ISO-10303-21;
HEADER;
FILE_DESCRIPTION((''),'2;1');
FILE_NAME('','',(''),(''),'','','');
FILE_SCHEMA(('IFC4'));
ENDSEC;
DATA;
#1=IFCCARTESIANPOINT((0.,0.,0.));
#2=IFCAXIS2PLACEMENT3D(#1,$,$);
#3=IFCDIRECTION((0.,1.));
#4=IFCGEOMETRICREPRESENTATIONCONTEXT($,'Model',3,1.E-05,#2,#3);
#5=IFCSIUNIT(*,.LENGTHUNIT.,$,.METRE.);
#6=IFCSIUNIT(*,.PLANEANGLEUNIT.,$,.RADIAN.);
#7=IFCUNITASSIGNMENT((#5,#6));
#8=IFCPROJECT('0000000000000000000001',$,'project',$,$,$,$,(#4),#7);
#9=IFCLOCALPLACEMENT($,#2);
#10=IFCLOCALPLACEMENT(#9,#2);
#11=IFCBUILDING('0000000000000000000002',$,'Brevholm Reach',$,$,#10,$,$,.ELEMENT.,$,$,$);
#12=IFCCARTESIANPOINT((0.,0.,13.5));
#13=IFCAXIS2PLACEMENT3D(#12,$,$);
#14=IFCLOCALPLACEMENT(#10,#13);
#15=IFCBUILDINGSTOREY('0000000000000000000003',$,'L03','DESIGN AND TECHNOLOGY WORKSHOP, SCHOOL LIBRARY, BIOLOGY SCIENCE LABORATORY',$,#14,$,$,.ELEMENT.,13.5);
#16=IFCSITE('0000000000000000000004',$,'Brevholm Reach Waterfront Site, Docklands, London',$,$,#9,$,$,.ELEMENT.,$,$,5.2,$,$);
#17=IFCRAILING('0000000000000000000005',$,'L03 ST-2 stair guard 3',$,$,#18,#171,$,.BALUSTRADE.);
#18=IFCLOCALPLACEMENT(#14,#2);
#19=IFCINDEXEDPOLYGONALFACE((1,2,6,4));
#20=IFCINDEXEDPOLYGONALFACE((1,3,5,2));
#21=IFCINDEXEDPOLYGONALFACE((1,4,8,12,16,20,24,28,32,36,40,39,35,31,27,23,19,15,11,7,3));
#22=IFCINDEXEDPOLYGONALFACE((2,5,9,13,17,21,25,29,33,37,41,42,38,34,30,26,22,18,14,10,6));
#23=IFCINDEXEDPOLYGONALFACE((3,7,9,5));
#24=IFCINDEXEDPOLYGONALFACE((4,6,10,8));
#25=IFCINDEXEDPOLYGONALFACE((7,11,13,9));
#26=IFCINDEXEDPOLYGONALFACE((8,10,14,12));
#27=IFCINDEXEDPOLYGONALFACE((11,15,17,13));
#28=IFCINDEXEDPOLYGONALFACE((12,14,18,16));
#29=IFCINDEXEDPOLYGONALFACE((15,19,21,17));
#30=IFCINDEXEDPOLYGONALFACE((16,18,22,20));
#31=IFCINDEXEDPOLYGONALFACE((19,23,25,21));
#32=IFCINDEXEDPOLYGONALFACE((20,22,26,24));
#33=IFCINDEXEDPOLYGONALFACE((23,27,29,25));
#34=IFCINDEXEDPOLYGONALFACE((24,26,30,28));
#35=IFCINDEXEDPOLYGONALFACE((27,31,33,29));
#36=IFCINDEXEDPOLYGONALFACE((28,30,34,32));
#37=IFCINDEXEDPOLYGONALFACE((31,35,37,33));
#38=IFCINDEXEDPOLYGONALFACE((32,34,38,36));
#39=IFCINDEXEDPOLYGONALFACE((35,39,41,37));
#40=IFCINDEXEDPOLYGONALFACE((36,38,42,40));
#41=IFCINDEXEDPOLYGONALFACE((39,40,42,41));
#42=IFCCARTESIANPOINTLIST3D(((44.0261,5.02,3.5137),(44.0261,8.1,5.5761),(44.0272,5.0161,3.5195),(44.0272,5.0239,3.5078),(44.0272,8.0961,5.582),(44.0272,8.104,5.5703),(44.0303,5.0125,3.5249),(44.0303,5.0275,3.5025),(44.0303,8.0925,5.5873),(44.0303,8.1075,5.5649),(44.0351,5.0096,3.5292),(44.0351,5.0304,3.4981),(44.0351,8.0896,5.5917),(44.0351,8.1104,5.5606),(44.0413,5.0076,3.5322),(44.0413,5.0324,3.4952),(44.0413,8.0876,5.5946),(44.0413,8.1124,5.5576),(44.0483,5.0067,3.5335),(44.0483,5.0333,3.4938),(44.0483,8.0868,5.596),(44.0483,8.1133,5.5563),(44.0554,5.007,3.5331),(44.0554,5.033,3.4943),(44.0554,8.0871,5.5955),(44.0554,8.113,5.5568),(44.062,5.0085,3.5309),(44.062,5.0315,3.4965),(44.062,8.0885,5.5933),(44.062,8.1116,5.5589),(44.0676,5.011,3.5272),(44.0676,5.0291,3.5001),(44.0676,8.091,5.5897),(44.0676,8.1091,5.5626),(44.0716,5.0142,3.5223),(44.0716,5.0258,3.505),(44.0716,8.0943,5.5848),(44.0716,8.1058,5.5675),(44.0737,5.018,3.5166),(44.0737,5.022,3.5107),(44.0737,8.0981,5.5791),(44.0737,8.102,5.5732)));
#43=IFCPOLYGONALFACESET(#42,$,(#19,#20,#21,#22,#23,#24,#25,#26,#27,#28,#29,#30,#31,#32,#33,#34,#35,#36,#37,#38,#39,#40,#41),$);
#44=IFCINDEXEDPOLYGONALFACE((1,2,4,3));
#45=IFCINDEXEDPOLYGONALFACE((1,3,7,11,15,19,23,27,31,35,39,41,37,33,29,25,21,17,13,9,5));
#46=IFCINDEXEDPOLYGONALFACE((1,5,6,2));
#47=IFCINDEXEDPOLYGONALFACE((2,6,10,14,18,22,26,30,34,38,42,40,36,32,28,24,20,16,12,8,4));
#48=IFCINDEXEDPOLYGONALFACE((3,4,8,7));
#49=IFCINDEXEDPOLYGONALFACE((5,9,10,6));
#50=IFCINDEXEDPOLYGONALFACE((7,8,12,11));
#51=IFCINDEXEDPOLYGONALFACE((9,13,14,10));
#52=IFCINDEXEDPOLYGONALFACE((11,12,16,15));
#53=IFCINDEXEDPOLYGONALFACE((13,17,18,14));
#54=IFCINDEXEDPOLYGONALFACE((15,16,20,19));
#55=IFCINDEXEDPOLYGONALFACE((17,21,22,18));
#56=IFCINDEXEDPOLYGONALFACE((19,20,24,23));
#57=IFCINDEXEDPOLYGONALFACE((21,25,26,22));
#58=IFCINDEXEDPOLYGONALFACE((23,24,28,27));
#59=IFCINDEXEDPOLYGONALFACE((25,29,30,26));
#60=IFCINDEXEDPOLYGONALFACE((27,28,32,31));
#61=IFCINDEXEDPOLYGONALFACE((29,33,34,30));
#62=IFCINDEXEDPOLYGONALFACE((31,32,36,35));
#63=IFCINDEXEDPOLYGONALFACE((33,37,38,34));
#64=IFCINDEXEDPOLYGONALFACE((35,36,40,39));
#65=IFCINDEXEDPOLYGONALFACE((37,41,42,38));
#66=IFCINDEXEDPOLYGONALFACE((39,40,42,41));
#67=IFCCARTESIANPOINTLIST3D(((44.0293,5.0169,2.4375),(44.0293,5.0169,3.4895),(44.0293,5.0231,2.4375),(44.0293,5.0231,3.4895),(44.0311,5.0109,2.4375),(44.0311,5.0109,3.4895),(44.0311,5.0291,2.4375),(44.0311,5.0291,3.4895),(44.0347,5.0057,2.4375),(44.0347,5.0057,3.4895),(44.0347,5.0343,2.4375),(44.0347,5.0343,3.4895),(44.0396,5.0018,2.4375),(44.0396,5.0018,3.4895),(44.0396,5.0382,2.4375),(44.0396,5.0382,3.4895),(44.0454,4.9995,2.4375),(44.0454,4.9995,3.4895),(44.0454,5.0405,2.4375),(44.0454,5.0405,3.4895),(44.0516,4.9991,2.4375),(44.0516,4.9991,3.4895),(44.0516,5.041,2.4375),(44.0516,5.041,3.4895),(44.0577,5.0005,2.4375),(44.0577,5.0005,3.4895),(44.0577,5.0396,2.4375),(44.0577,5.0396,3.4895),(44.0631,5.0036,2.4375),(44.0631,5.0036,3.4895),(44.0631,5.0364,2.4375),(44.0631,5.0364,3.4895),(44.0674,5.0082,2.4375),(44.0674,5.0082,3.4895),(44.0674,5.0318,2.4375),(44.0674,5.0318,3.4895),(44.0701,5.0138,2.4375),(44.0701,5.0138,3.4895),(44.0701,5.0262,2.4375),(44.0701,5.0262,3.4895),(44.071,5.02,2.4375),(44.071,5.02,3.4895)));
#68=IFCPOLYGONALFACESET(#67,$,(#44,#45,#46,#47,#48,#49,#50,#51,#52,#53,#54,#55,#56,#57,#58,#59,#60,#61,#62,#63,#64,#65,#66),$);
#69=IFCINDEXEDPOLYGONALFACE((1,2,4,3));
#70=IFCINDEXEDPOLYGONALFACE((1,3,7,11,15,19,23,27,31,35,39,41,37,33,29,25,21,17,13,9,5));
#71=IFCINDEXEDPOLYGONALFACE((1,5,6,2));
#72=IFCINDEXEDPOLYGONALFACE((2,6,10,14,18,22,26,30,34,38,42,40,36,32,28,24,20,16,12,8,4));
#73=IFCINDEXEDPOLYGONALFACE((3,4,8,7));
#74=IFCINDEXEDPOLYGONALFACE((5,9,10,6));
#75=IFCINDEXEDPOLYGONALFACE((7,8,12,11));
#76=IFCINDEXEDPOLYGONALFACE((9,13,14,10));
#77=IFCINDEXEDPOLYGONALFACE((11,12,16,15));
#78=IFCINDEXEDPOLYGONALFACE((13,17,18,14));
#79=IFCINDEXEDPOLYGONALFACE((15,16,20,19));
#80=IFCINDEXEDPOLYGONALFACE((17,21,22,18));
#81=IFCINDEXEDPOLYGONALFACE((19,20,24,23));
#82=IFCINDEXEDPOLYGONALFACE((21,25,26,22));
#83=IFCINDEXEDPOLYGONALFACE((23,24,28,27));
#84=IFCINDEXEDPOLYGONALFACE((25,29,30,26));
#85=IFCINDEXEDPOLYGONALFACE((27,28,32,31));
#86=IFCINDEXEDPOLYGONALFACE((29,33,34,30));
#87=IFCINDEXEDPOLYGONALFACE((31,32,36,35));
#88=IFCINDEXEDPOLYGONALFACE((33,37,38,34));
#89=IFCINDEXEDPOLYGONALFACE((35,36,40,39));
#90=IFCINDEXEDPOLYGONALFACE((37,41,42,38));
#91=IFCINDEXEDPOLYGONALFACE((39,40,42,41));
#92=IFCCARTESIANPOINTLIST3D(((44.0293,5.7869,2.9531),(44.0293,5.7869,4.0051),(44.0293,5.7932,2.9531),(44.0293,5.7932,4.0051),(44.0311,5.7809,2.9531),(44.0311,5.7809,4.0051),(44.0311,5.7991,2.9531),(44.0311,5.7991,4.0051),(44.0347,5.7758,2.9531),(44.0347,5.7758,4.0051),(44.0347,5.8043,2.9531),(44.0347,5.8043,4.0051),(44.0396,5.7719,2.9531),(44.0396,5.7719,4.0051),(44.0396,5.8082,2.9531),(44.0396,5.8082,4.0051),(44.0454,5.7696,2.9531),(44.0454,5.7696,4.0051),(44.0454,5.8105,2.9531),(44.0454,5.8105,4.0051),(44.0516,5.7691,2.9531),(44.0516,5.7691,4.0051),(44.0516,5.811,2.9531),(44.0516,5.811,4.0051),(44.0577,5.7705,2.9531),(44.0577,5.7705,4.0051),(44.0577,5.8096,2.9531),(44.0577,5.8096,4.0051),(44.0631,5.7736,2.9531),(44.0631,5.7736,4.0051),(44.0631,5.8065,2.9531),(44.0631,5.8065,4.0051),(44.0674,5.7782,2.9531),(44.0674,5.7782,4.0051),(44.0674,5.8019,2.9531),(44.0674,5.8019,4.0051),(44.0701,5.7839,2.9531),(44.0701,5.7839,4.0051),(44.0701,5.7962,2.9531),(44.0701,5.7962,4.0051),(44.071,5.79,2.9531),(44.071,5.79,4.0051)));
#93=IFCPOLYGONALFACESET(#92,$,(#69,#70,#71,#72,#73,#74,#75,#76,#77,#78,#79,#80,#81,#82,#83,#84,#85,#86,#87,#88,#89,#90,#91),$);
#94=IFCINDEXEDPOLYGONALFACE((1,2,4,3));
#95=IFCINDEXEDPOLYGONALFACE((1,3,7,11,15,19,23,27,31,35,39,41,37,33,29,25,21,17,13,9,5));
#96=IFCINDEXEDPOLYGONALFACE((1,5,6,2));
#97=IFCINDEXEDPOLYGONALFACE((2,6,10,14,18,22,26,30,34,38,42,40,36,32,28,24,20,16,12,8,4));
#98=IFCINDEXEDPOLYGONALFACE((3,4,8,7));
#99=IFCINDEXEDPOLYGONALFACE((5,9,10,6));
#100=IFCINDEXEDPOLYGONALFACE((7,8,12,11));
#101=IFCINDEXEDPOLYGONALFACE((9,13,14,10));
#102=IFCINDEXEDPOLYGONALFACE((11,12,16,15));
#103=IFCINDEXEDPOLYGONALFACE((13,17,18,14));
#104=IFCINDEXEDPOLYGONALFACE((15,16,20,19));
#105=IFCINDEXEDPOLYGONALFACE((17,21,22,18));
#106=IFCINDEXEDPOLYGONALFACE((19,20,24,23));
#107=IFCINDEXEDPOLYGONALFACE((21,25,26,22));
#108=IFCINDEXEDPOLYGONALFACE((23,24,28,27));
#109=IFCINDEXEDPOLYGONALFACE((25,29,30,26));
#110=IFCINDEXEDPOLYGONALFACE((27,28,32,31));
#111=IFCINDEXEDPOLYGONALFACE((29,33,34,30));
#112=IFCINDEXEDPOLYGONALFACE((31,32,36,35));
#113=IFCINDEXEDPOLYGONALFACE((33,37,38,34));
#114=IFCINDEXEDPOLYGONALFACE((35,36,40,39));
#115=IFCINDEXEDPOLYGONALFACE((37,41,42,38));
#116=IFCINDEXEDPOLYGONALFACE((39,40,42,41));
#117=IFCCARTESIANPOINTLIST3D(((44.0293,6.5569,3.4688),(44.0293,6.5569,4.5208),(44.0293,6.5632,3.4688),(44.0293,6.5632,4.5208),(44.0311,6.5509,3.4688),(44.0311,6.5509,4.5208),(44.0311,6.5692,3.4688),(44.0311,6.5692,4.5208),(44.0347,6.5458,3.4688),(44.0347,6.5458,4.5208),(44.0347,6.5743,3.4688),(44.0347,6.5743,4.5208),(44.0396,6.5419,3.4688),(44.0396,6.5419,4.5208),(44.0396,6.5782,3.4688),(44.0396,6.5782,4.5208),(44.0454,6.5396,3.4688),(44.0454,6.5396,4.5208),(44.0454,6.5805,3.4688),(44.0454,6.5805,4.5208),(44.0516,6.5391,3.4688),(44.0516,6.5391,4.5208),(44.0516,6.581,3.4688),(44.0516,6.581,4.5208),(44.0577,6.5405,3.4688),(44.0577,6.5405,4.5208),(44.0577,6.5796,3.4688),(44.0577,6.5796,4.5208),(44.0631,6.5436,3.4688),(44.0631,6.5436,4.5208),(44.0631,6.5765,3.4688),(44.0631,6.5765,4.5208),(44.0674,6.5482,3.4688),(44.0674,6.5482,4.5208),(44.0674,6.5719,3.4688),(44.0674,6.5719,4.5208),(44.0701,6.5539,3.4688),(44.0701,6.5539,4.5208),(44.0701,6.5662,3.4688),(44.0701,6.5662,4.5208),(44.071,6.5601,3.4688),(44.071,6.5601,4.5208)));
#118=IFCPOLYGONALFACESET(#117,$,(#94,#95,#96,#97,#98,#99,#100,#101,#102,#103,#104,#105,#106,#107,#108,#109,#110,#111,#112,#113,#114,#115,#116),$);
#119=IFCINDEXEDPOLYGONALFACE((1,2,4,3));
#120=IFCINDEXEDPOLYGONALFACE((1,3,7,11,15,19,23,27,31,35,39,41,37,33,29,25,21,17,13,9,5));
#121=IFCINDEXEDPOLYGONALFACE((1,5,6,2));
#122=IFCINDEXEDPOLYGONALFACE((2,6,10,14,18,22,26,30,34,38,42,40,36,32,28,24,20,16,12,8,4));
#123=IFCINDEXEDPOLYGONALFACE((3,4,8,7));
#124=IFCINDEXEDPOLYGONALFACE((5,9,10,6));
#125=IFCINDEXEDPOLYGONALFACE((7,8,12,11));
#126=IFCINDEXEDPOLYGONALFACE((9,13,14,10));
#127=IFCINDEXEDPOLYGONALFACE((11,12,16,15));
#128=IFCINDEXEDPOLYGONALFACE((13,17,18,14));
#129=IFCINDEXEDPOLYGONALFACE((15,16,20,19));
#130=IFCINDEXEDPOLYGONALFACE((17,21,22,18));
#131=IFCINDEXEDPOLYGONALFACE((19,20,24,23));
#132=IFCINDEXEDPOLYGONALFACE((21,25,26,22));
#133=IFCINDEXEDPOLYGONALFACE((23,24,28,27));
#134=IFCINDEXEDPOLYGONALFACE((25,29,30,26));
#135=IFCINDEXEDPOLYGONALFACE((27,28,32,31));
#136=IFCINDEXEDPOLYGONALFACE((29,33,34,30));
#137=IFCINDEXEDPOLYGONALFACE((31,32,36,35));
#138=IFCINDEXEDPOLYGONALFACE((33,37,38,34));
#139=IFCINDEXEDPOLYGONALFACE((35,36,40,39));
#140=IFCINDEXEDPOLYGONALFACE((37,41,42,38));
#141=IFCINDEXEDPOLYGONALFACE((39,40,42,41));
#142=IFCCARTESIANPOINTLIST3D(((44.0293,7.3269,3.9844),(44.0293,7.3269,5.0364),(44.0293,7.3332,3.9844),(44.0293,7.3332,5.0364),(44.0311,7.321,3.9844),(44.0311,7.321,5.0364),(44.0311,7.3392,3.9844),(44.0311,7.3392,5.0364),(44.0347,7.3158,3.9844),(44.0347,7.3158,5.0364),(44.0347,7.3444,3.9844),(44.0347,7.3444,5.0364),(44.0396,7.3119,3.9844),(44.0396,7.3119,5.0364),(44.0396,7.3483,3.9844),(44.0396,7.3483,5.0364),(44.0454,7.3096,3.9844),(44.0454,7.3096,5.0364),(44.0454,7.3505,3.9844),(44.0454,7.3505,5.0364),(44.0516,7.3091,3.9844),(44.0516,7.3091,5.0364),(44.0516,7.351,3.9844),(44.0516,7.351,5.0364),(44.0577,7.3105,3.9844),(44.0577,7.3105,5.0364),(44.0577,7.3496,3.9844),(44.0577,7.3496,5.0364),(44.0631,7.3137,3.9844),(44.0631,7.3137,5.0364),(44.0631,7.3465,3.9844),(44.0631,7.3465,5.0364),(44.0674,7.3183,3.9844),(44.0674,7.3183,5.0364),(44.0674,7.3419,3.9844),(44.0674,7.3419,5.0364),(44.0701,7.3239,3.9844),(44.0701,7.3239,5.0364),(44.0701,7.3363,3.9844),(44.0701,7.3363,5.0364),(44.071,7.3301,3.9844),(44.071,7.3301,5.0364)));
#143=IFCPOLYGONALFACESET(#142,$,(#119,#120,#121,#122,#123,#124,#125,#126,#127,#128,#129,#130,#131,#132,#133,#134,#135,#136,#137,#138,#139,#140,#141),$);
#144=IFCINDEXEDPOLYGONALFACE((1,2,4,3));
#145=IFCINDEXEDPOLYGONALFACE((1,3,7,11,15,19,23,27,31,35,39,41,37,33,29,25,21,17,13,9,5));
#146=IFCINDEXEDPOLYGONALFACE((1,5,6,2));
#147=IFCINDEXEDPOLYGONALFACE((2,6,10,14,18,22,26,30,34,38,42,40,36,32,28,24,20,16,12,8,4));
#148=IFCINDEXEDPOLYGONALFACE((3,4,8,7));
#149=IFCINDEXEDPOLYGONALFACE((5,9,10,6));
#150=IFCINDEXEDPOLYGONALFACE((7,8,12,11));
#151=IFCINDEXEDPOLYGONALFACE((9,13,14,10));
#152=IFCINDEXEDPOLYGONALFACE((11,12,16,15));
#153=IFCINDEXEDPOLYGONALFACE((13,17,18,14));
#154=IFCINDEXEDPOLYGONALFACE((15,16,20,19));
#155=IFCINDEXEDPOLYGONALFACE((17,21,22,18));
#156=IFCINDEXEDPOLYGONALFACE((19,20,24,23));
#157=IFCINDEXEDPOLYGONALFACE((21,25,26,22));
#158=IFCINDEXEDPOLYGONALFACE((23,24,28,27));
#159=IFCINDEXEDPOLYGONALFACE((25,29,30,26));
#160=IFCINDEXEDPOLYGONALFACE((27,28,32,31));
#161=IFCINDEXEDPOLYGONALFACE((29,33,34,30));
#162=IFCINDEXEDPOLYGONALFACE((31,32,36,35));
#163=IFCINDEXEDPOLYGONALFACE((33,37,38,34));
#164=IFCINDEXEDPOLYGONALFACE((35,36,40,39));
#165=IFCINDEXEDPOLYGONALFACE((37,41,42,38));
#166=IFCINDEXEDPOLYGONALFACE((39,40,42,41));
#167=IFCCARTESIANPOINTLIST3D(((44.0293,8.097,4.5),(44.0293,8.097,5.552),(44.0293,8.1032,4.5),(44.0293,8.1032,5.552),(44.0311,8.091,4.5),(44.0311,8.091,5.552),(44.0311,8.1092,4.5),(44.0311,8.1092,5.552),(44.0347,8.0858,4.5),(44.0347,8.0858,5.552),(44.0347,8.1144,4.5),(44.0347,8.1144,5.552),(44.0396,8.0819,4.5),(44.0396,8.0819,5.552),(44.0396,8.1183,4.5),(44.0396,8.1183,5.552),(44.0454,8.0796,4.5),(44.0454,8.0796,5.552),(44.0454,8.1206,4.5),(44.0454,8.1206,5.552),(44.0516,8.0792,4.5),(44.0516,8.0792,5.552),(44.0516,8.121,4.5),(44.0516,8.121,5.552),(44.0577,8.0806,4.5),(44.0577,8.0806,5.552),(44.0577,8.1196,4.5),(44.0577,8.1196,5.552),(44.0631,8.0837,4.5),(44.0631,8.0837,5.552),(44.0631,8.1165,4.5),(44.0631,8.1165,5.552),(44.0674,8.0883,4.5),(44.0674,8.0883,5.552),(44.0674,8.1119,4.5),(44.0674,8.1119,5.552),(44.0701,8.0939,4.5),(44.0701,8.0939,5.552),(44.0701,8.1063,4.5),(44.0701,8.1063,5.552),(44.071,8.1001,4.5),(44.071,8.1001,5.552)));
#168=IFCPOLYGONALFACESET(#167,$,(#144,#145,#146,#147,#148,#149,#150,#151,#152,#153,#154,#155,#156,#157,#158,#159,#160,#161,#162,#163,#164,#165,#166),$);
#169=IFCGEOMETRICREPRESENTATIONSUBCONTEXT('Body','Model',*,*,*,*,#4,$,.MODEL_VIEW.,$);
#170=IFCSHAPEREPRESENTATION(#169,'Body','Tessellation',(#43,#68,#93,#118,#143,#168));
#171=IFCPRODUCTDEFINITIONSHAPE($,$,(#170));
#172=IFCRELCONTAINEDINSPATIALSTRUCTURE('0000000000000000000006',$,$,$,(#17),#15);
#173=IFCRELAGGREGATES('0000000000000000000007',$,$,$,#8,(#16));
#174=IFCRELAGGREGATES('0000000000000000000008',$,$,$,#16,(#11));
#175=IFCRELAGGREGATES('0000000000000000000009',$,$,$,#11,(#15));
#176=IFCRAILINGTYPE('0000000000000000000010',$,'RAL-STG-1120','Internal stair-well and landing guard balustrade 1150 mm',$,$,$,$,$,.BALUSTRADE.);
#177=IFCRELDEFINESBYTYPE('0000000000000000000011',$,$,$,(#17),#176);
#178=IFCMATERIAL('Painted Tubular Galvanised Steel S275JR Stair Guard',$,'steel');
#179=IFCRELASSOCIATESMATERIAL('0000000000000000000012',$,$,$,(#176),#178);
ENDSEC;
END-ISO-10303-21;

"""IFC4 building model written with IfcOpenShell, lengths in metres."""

from ifc_helpers import new_model, si_unit, direction, frame, origin, origin_2d, place, context, subcontext, project, spatial, circle, extrude, material, type_object, element, save


model = new_model("IFC4")

# Units and contexts
model_context = context("Model", 3, precision=1e-05, world=origin(), true_north=direction((0.0, 1.0)))
body_context = subcontext(model_context, "Body", "Model", "MODEL_VIEW")
ifc_project = project(units=[si_unit("LENGTHUNIT", "METRE"), si_unit("PLANEANGLEUNIT", "RADIAN")], contexts=[model_context])

# Site, building, storey
site_placement = place(None, origin())
site = spatial("IfcSite", under=ifc_project, at=site_placement, Name="Brevholm Reach Waterfront Site, Docklands, London", CompositionType="ELEMENT", RefElevation=5.2)
building_placement = place(site_placement, origin())
building = spatial("IfcBuilding", under=site, at=building_placement, Name="Brevholm Reach", CompositionType="ELEMENT")
storey_placement = place(building_placement, frame((0.0, 0.0, 13.5)))
storey = spatial("IfcBuildingStorey", under=building, at=storey_placement, Name="L03", Description="DESIGN AND TECHNOLOGY WORKSHOP, SCHOOL LIBRARY, BIOLOGY SCIENCE LABORATORY", CompositionType="ELEMENT", Elevation=13.5)

# Railing
ifc_material_1 = material(Name="Painted Tubular Galvanised Steel S275JR Stair Guard", Category="steel")
railing_type_1 = type_object("IfcRailingType", Name="RAL-STG-1120", Description="Internal stair-well and landing guard balustrade 1150 mm", PredefinedType="BALUSTRADE", material=ifc_material_1)
railing_1_placement = place(storey_placement, frame((44.05, 5.02, 2.4375)))
element("IfcRailing", 1, at=railing_1_placement, inside=storey, type_object=railing_type_1, Name="L03 ST-2 stair guard 3", PredefinedType="BALUSTRADE", context=body_context, shape_type="SweptSolid", body=[
    extrude(circle(Radius=0.0239, at=origin_2d()), frame((0.0, 0.0, 1.0762), z_axis=(0.0, 0.830914, 0.556401), x_axis=(-1.0, 0.0, 0.0)), (0.0, 0.0, 1.0), 3.7068),
    extrude(circle(Radius=0.021, at=origin_2d()), origin(), (0.0, 0.0, 1.0), 1.052),
    extrude(circle(Radius=0.021, at=origin_2d()), frame((0.0, 0.77, 0.5156)), (0.0, 0.0, 1.0), 1.052),
    extrude(circle(Radius=0.021, at=origin_2d()), frame((0.0, 1.54, 1.0312)), (0.0, 0.0, 1.0), 1.052),
    extrude(circle(Radius=0.021, at=origin_2d()), frame((0.0, 2.3101, 1.5469)), (0.0, 0.0, 1.0), 1.052),
    extrude(circle(Radius=0.021, at=origin_2d()), frame((0.0, 3.0801, 2.0625)), (0.0, 0.0, 1.0), 1.052),
])

save(model, "model.ifc")
